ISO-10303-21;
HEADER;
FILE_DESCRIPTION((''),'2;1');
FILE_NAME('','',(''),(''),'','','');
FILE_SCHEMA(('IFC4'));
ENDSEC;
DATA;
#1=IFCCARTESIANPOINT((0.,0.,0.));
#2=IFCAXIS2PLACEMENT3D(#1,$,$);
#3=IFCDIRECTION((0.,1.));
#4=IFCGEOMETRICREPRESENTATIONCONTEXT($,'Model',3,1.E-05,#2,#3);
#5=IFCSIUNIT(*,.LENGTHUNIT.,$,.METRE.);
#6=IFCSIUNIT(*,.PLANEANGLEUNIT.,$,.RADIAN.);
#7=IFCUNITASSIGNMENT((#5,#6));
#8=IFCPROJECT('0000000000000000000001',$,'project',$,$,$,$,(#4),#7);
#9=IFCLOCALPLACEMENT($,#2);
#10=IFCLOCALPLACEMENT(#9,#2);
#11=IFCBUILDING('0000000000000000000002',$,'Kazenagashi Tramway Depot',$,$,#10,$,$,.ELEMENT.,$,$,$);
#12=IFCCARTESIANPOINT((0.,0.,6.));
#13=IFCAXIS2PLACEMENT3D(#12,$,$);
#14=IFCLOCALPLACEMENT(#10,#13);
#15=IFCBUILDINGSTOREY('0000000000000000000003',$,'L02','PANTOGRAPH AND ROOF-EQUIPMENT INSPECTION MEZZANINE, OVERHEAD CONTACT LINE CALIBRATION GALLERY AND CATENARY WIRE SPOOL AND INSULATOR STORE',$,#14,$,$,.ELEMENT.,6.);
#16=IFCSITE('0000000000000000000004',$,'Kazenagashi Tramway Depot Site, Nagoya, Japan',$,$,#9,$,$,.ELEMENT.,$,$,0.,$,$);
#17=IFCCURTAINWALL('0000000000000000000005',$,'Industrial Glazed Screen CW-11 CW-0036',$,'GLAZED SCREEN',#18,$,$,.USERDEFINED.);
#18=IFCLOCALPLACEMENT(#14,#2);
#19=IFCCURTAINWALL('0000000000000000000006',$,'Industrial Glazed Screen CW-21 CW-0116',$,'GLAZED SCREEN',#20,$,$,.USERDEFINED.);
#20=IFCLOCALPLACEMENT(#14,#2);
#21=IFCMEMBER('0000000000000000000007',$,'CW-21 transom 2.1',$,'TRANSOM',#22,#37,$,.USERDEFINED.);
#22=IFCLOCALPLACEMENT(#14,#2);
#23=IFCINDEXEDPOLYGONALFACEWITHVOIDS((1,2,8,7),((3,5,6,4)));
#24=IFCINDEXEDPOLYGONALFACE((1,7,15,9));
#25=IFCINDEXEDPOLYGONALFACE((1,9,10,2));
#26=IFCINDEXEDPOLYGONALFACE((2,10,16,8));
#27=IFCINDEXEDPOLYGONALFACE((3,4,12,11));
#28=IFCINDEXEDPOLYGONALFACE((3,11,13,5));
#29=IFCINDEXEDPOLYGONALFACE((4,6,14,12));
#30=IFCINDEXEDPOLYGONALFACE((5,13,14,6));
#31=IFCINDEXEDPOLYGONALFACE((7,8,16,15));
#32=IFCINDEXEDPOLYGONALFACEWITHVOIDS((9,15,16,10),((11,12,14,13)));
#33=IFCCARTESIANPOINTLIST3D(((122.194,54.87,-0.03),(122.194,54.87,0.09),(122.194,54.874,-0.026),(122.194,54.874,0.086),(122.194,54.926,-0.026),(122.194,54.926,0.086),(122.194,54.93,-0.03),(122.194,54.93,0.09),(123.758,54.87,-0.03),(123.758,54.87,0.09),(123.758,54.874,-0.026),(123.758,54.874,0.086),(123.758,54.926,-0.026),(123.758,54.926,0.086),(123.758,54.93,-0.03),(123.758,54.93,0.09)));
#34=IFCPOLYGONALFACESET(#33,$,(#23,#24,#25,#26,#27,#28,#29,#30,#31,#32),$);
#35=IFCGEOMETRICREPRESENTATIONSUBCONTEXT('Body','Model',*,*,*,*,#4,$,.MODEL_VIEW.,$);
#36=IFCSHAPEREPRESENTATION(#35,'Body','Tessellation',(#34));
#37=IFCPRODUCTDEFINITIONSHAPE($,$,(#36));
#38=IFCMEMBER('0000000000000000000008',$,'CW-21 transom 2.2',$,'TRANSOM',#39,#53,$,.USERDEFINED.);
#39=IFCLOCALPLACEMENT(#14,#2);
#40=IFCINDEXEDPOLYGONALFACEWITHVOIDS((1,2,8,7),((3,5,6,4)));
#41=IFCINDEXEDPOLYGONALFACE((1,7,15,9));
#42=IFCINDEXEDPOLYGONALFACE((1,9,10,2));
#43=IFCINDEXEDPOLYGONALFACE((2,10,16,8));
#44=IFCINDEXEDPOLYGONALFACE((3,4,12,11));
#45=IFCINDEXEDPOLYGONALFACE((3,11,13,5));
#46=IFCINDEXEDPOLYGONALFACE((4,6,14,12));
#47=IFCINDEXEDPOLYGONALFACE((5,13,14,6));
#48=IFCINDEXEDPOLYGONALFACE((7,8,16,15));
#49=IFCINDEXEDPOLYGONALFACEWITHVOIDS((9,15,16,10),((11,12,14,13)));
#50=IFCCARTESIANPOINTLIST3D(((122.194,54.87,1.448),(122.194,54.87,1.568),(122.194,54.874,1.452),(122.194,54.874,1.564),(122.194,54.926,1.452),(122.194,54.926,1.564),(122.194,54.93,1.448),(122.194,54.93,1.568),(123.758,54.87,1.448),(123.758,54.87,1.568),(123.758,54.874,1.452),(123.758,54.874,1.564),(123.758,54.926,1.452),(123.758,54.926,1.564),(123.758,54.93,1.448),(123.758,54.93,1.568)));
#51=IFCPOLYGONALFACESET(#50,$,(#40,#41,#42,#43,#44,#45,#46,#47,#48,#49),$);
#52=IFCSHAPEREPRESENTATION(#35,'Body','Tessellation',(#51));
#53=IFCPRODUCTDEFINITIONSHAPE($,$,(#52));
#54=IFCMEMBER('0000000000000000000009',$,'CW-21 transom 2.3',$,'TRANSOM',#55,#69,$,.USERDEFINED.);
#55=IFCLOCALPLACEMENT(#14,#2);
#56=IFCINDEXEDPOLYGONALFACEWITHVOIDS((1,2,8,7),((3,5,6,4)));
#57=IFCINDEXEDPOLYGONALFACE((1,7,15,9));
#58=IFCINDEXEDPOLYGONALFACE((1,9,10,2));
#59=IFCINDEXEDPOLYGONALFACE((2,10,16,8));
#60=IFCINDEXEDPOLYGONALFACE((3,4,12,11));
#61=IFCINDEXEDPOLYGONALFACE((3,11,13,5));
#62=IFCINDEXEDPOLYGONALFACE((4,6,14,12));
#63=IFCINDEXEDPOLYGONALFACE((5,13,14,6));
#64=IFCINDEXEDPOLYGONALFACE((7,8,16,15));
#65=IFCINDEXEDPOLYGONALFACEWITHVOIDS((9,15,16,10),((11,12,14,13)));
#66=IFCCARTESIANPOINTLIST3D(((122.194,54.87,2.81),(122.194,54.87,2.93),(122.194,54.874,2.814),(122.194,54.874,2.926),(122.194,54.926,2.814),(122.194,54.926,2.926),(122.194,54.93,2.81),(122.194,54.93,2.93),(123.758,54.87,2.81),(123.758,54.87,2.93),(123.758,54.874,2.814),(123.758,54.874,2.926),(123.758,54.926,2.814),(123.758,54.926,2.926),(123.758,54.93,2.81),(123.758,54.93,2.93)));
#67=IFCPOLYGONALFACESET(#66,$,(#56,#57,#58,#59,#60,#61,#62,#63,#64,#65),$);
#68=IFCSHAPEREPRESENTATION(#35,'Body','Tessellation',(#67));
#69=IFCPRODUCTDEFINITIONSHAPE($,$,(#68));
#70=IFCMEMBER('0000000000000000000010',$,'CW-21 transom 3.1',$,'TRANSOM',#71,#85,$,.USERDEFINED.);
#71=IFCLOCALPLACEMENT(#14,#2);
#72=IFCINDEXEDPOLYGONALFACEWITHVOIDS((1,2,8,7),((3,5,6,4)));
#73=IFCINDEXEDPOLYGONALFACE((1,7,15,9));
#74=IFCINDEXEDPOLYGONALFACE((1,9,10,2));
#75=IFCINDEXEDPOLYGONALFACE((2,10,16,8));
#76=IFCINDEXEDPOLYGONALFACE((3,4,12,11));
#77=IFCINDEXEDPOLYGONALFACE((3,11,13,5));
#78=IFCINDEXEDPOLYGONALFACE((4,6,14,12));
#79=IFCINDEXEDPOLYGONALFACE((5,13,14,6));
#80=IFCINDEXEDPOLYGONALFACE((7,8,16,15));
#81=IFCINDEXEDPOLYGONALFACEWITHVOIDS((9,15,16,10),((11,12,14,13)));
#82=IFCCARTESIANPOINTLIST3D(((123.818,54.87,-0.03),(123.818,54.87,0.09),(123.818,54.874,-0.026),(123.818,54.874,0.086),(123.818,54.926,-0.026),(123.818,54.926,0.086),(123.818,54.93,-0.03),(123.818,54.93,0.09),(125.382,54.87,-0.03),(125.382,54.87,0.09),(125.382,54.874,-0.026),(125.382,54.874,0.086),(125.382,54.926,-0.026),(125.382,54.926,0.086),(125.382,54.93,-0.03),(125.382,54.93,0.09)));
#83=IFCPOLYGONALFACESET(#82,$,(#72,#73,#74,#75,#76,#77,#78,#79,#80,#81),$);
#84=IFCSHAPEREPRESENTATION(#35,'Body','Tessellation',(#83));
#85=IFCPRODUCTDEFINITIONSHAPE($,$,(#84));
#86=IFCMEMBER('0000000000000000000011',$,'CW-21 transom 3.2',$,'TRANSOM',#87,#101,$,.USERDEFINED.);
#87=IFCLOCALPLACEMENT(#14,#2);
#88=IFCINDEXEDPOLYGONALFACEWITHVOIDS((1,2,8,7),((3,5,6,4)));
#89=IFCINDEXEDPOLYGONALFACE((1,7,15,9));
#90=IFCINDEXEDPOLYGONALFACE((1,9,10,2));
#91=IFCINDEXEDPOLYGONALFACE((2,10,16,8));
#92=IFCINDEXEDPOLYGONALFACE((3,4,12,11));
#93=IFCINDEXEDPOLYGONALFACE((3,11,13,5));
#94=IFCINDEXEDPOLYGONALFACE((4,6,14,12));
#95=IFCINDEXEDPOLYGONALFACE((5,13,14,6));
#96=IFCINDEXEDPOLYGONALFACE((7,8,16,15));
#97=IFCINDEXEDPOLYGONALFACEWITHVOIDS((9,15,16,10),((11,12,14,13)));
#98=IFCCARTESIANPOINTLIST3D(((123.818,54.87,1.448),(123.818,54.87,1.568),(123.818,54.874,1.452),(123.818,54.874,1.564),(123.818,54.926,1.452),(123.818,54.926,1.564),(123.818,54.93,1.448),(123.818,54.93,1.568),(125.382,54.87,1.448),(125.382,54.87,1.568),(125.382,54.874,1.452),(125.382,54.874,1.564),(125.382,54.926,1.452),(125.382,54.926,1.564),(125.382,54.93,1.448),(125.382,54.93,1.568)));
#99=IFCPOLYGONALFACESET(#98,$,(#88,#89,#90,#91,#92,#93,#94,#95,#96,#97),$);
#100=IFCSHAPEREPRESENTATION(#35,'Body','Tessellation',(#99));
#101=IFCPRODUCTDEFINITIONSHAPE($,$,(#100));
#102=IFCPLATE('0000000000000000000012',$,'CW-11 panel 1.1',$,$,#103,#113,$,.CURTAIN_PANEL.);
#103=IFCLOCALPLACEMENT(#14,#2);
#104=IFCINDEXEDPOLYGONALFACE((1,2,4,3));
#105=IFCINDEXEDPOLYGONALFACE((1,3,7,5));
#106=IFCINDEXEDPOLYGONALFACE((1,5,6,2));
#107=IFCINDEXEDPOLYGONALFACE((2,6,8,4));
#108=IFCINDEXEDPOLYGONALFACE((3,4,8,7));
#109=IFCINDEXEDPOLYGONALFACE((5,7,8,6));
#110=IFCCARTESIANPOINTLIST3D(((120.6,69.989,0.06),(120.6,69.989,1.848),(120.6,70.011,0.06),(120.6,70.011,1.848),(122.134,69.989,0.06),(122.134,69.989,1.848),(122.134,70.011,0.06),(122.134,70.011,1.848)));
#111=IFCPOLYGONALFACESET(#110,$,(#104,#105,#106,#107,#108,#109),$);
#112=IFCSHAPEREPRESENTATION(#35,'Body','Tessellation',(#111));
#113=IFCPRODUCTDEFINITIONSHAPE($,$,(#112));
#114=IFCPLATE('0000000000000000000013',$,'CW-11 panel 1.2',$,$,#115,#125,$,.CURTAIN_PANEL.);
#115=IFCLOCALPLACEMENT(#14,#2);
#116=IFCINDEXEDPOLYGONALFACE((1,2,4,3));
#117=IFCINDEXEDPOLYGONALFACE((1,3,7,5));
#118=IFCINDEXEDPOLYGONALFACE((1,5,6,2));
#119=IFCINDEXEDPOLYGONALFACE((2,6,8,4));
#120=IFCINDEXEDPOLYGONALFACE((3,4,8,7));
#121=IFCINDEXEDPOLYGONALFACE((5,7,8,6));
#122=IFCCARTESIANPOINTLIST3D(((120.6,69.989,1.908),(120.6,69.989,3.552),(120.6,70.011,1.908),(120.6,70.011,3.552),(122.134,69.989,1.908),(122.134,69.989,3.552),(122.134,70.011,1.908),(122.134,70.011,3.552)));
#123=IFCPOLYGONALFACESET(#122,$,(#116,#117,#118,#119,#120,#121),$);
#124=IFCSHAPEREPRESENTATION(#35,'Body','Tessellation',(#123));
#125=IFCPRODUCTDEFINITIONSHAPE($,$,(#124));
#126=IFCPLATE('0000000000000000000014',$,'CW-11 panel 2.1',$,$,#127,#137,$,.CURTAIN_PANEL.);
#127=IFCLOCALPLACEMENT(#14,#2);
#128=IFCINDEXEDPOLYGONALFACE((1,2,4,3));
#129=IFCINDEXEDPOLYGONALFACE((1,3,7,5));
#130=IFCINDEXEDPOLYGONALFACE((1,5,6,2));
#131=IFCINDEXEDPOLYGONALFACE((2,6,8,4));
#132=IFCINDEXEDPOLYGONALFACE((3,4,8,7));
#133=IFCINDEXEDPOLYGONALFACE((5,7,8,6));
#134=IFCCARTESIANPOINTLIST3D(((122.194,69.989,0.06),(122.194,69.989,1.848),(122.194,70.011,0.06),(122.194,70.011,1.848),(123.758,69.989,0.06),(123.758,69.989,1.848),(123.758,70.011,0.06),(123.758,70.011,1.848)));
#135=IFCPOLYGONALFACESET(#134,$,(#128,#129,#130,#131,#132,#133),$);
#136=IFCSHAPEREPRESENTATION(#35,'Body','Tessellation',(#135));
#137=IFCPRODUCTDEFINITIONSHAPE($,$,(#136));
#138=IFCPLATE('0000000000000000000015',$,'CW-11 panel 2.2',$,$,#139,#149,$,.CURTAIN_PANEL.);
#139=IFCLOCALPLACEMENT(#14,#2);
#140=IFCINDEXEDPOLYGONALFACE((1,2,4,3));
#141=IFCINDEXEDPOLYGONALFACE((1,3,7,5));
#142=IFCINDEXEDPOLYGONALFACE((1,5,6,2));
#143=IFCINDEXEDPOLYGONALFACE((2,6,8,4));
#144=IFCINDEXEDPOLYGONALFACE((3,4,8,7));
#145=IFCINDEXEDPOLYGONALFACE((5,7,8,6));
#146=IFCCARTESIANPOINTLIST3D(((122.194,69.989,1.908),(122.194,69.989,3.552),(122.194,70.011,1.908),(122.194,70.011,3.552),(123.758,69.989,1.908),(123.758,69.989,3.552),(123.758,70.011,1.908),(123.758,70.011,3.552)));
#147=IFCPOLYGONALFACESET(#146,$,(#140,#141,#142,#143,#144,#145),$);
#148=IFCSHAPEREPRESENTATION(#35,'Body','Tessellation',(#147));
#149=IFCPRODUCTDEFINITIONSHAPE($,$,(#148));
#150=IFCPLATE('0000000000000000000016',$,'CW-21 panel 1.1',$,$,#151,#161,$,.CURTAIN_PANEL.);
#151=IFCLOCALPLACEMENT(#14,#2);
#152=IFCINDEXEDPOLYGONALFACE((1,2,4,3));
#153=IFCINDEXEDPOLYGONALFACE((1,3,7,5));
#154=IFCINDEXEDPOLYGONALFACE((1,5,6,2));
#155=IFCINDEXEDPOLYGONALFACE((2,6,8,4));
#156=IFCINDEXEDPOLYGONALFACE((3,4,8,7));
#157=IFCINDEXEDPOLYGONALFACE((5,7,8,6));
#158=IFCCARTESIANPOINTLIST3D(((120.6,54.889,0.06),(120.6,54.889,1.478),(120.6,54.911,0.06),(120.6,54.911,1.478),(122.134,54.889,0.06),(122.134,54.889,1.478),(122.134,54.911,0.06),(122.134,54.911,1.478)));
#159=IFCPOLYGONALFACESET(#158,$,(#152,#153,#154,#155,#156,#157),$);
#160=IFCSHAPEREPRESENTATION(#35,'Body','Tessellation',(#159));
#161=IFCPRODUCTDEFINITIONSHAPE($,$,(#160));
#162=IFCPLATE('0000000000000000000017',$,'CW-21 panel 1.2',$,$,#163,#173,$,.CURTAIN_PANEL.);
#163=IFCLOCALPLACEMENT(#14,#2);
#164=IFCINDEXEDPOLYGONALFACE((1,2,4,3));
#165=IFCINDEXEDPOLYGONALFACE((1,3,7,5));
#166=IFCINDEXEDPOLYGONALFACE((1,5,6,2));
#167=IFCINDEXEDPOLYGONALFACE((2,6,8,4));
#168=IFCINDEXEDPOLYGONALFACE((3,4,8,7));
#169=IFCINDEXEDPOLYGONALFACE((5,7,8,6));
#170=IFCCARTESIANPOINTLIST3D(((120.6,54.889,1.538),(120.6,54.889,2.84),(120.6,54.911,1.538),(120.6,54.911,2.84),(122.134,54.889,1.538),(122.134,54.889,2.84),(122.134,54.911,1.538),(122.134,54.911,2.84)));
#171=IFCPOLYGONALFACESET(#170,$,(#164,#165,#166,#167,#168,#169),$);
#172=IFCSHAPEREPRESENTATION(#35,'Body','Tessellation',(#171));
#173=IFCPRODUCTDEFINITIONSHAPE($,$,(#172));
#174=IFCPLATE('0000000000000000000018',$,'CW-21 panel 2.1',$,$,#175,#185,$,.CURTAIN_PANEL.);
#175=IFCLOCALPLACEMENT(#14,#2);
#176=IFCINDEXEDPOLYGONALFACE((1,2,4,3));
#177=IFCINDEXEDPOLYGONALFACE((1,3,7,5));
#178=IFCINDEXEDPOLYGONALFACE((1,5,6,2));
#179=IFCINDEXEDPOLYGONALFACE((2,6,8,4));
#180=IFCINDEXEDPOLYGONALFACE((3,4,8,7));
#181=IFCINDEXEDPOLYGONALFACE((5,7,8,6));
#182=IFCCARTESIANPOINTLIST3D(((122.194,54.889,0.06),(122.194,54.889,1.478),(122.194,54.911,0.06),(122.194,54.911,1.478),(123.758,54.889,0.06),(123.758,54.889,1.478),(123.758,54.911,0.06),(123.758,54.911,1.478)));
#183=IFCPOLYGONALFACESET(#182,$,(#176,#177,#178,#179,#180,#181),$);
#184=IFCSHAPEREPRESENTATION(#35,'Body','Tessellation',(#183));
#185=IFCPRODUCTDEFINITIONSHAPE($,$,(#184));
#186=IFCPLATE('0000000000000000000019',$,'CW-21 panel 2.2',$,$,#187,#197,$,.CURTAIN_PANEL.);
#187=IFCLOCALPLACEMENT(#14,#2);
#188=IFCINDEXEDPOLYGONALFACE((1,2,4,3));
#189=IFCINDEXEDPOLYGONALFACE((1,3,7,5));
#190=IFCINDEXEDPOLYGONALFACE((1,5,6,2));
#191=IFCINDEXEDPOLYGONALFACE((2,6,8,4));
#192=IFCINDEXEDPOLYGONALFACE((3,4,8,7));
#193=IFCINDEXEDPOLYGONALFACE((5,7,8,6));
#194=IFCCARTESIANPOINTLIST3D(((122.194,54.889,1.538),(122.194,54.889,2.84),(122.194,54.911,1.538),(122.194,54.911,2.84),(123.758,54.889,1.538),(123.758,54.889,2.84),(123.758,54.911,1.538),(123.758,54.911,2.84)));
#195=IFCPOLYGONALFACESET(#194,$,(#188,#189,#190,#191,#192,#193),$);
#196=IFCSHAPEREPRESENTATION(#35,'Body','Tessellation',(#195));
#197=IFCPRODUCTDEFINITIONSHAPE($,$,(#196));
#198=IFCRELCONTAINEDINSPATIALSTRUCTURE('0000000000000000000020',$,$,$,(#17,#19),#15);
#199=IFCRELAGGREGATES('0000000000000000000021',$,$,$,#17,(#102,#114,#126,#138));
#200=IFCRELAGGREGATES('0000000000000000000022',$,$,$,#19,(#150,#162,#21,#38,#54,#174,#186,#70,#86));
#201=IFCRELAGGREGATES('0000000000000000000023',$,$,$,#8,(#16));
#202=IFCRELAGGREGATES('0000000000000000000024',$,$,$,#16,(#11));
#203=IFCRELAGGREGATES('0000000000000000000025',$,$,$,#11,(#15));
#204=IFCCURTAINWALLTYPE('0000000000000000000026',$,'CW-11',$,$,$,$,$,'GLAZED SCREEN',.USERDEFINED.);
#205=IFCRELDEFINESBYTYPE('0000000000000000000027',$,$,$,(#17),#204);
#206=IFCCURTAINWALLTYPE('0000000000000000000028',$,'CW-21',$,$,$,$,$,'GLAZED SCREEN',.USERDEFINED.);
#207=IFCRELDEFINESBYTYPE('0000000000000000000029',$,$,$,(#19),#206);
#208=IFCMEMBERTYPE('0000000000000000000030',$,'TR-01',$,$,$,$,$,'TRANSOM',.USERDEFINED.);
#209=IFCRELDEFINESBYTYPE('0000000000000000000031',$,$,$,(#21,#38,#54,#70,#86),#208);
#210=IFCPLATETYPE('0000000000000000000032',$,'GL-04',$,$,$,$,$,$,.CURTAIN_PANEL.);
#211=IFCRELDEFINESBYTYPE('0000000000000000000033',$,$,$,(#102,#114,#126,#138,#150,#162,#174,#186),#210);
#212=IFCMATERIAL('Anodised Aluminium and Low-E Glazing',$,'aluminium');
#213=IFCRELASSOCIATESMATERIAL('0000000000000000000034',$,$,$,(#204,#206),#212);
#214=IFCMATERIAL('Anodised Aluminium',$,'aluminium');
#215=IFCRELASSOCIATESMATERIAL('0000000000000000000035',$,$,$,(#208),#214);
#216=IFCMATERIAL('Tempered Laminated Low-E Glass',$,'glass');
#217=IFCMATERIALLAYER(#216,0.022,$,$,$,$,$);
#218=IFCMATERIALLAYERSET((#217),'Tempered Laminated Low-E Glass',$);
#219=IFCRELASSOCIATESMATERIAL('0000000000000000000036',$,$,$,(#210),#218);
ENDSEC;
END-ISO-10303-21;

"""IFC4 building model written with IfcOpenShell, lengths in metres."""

from ifc_helpers import new_model, si_unit, direction, frame, origin, origin_2d, place, context, subcontext, project, spatial, rectangle, hollow_rectangle, extrude, material, layer, layer_set, material_profile, profile_set, type_object, element, aggregate, save


model = new_model("IFC4")

# Units and contexts
model_context = context("Model", 3, precision=1e-05, world=origin(), true_north=direction((0.0, 1.0)))
body_context = subcontext(model_context, "Body", "Model", "MODEL_VIEW")
ifc_project = project(units=[si_unit("LENGTHUNIT", "METRE"), si_unit("PLANEANGLEUNIT", "RADIAN")], contexts=[model_context])

# Site, building, storey
site_placement = place(None, origin())
site = spatial("IfcSite", under=ifc_project, at=site_placement, Name="Kazenagashi Tramway Depot Site, Nagoya, Japan", CompositionType="ELEMENT", RefElevation=0.0)
building_placement = place(site_placement, origin())
building = spatial("IfcBuilding", under=site, at=building_placement, Name="Kazenagashi Tramway Depot", CompositionType="ELEMENT")
storey_placement = place(building_placement, frame((0.0, 0.0, 6.0)))
storey = spatial("IfcBuildingStorey", under=building, at=storey_placement, Name="L02", Description="PANTOGRAPH AND ROOF-EQUIPMENT INSPECTION MEZZANINE, OVERHEAD CONTACT LINE CALIBRATION GALLERY AND CATENARY WIRE SPOOL AND INSULATOR STORE", CompositionType="ELEMENT", Elevation=6.0)

# Shared definitions
ifc_material_1 = material(Name="Anodised Aluminium and Low-E Glazing", Category="aluminium")
curtain_wall_type_1 = type_object("IfcCurtainWallType", Name="CW-11", ElementType="GLAZED SCREEN", PredefinedType="USERDEFINED", material=ifc_material_1)
ifc_material_2 = material(Name="Anodised Aluminium", Category="aluminium")

# Curtain walls
curtain_wall_1_placement = place(storey_placement, origin())
curtain_wall_1 = element("IfcCurtainWall", 1, at=curtain_wall_1_placement, inside=storey, type_object=curtain_wall_type_1, Name="Industrial Glazed Screen CW-11 CW-0036", ObjectType="GLAZED SCREEN", PredefinedType="USERDEFINED")
curtain_wall_type_2 = type_object("IfcCurtainWallType", Name="CW-21", ElementType="GLAZED SCREEN", PredefinedType="USERDEFINED", material=ifc_material_1)
curtain_wall_2_placement = place(storey_placement, origin())
curtain_wall_2 = element("IfcCurtainWall", 2, at=curtain_wall_2_placement, inside=storey, type_object=curtain_wall_type_2, Name="Industrial Glazed Screen CW-21 CW-0116", ObjectType="GLAZED SCREEN", PredefinedType="USERDEFINED")

# Members
ifc_material_profile_1 = material_profile(ifc_material_2, hollow_rectangle(XDim=0.06, YDim=0.12, WallThickness=0.004, at=origin_2d()), Name="RHS-120x60x4")
ifc_profile_set_1 = profile_set([ifc_material_profile_1], Name="Anodised Aluminium")
member_type_1 = type_object("IfcMemberType", Name="TR-01", ElementType="TRANSOM", PredefinedType="USERDEFINED", material=ifc_profile_set_1)
member_1_placement = place(storey_placement, frame((122.194, 54.9, 0.03), z_axis=(1.0, 0.0, 0.0), x_axis=(0.0, 1.0, 0.0)))
member_1 = element("IfcMember", 3, at=member_1_placement, type_object=member_type_1, Name="CW-21 transom 2.1", ObjectType="TRANSOM", PredefinedType="USERDEFINED", context=body_context, shape_type="SweptSolid", body=[
    extrude(hollow_rectangle(XDim=0.06, YDim=0.12, WallThickness=0.004, at=origin_2d()), origin(), (0.0, 0.0, 1.0), 1.564),
])
member_2_placement = place(storey_placement, frame((122.194, 54.9, 1.508), z_axis=(1.0, 0.0, 0.0), x_axis=(0.0, 1.0, 0.0)))
member_2 = element("IfcMember", 4, at=member_2_placement, type_object=member_type_1, Name="CW-21 transom 2.2", ObjectType="TRANSOM", PredefinedType="USERDEFINED", context=body_context, shape_type="SweptSolid", body=[
    extrude(hollow_rectangle(XDim=0.06, YDim=0.12, WallThickness=0.004, at=origin_2d()), origin(), (0.0, 0.0, 1.0), 1.564),
])
member_3_placement = place(storey_placement, frame((122.194, 54.9, 2.87), z_axis=(1.0, 0.0, 0.0), x_axis=(0.0, 1.0, 0.0)))
member_3 = element("IfcMember", 5, at=member_3_placement, type_object=member_type_1, Name="CW-21 transom 2.3", ObjectType="TRANSOM", PredefinedType="USERDEFINED", context=body_context, shape_type="SweptSolid", body=[
    extrude(hollow_rectangle(XDim=0.06, YDim=0.12, WallThickness=0.004, at=origin_2d()), origin(), (0.0, 0.0, 1.0), 1.564),
])
member_4_placement = place(storey_placement, frame((123.818, 54.9, 0.03), z_axis=(1.0, 0.0, 0.0), x_axis=(0.0, 1.0, 0.0)))
member_4 = element("IfcMember", 6, at=member_4_placement, type_object=member_type_1, Name="CW-21 transom 3.1", ObjectType="TRANSOM", PredefinedType="USERDEFINED", context=body_context, shape_type="SweptSolid", body=[
    extrude(hollow_rectangle(XDim=0.06, YDim=0.12, WallThickness=0.004, at=origin_2d()), origin(), (0.0, 0.0, 1.0), 1.564),
])
member_5_placement = place(storey_placement, frame((123.818, 54.9, 1.508), z_axis=(1.0, 0.0, 0.0), x_axis=(0.0, 1.0, 0.0)))
member_5 = element("IfcMember", 7, at=member_5_placement, type_object=member_type_1, Name="CW-21 transom 3.2", ObjectType="TRANSOM", PredefinedType="USERDEFINED", context=body_context, shape_type="SweptSolid", body=[
    extrude(hollow_rectangle(XDim=0.06, YDim=0.12, WallThickness=0.004, at=origin_2d()), origin(), (0.0, 0.0, 1.0), 1.564),
])

# Plates
ifc_material_3 = material(Name="Tempered Laminated Low-E Glass", Category="glass")
ifc_layer_1 = layer(ifc_material_3, 0.022)
ifc_layer_set_1 = layer_set([ifc_layer_1], Name="Tempered Laminated Low-E Glass")
plate_type = type_object("IfcPlateType", Name="GL-04", PredefinedType="CURTAIN_PANEL", material=ifc_layer_set_1)
plate_1_placement = place(storey_placement, frame((121.367, 70.0, 0.06), z_axis=(0.0, 0.0, 1.0), x_axis=(1.0, 0.0, 0.0)))
plate_1 = element("IfcPlate", 8, at=plate_1_placement, type_object=plate_type, Name="CW-11 panel 1.1", PredefinedType="CURTAIN_PANEL", context=body_context, shape_type="SweptSolid", body=[
    extrude(rectangle(XDim=1.534, YDim=0.022, at=origin_2d()), origin(), (0.0, 0.0, 1.0), 1.788),
])
plate_2_placement = place(storey_placement, frame((121.367, 70.0, 1.908), z_axis=(0.0, 0.0, 1.0), x_axis=(1.0, 0.0, 0.0)))
plate_2 = element("IfcPlate", 9, at=plate_2_placement, type_object=plate_type, Name="CW-11 panel 1.2", PredefinedType="CURTAIN_PANEL", context=body_context, shape_type="SweptSolid", body=[
    extrude(rectangle(XDim=1.534, YDim=0.022, at=origin_2d()), origin(), (0.0, 0.0, 1.0), 1.644),
])
plate_3_placement = place(storey_placement, frame((122.976, 70.0, 0.06), z_axis=(0.0, 0.0, 1.0), x_axis=(1.0, 0.0, 0.0)))
plate_3 = element("IfcPlate", 10, at=plate_3_placement, type_object=plate_type, Name="CW-11 panel 2.1", PredefinedType="CURTAIN_PANEL", context=body_context, shape_type="SweptSolid", body=[
    extrude(rectangle(XDim=1.564, YDim=0.022, at=origin_2d()), origin(), (0.0, 0.0, 1.0), 1.788),
])
plate_4_placement = place(storey_placement, frame((122.976, 70.0, 1.908), z_axis=(0.0, 0.0, 1.0), x_axis=(1.0, 0.0, 0.0)))
plate_4 = element("IfcPlate", 11, at=plate_4_placement, type_object=plate_type, Name="CW-11 panel 2.2", PredefinedType="CURTAIN_PANEL", context=body_context, shape_type="SweptSolid", body=[
    extrude(rectangle(XDim=1.564, YDim=0.022, at=origin_2d()), origin(), (0.0, 0.0, 1.0), 1.644),
])
aggregate(curtain_wall_1, [plate_1, plate_2, plate_3, plate_4])
plate_5_placement = place(storey_placement, frame((121.367, 54.9, 0.06), z_axis=(0.0, 0.0, 1.0), x_axis=(1.0, 0.0, 0.0)))
plate_5 = element("IfcPlate", 12, at=plate_5_placement, type_object=plate_type, Name="CW-21 panel 1.1", PredefinedType="CURTAIN_PANEL", context=body_context, shape_type="SweptSolid", body=[
    extrude(rectangle(XDim=1.534, YDim=0.022, at=origin_2d()), origin(), (0.0, 0.0, 1.0), 1.418),
])
plate_6_placement = place(storey_placement, frame((121.367, 54.9, 1.538), z_axis=(0.0, 0.0, 1.0), x_axis=(1.0, 0.0, 0.0)))
plate_6 = element("IfcPlate", 13, at=plate_6_placement, type_object=plate_type, Name="CW-21 panel 1.2", PredefinedType="CURTAIN_PANEL", context=body_context, shape_type="SweptSolid", body=[
    extrude(rectangle(XDim=1.534, YDim=0.022, at=origin_2d()), origin(), (0.0, 0.0, 1.0), 1.302),
])
plate_7_placement = place(storey_placement, frame((122.976, 54.9, 0.06), z_axis=(0.0, 0.0, 1.0), x_axis=(1.0, 0.0, 0.0)))
plate_7 = element("IfcPlate", 14, at=plate_7_placement, type_object=plate_type, Name="CW-21 panel 2.1", PredefinedType="CURTAIN_PANEL", context=body_context, shape_type="SweptSolid", body=[
    extrude(rectangle(XDim=1.564, YDim=0.022, at=origin_2d()), origin(), (0.0, 0.0, 1.0), 1.418),
])
plate_8_placement = place(storey_placement, frame((122.976, 54.9, 1.538), z_axis=(0.0, 0.0, 1.0), x_axis=(1.0, 0.0, 0.0)))
plate_8 = element("IfcPlate", 15, at=plate_8_placement, type_object=plate_type, Name="CW-21 panel 2.2", PredefinedType="CURTAIN_PANEL", context=body_context, shape_type="SweptSolid", body=[
    extrude(rectangle(XDim=1.564, YDim=0.022, at=origin_2d()), origin(), (0.0, 0.0, 1.0), 1.302),
])
aggregate(curtain_wall_2, [plate_5, plate_6, member_1, member_2, member_3, plate_7, plate_8, member_4, member_5])

save(model, "model.ifc")
